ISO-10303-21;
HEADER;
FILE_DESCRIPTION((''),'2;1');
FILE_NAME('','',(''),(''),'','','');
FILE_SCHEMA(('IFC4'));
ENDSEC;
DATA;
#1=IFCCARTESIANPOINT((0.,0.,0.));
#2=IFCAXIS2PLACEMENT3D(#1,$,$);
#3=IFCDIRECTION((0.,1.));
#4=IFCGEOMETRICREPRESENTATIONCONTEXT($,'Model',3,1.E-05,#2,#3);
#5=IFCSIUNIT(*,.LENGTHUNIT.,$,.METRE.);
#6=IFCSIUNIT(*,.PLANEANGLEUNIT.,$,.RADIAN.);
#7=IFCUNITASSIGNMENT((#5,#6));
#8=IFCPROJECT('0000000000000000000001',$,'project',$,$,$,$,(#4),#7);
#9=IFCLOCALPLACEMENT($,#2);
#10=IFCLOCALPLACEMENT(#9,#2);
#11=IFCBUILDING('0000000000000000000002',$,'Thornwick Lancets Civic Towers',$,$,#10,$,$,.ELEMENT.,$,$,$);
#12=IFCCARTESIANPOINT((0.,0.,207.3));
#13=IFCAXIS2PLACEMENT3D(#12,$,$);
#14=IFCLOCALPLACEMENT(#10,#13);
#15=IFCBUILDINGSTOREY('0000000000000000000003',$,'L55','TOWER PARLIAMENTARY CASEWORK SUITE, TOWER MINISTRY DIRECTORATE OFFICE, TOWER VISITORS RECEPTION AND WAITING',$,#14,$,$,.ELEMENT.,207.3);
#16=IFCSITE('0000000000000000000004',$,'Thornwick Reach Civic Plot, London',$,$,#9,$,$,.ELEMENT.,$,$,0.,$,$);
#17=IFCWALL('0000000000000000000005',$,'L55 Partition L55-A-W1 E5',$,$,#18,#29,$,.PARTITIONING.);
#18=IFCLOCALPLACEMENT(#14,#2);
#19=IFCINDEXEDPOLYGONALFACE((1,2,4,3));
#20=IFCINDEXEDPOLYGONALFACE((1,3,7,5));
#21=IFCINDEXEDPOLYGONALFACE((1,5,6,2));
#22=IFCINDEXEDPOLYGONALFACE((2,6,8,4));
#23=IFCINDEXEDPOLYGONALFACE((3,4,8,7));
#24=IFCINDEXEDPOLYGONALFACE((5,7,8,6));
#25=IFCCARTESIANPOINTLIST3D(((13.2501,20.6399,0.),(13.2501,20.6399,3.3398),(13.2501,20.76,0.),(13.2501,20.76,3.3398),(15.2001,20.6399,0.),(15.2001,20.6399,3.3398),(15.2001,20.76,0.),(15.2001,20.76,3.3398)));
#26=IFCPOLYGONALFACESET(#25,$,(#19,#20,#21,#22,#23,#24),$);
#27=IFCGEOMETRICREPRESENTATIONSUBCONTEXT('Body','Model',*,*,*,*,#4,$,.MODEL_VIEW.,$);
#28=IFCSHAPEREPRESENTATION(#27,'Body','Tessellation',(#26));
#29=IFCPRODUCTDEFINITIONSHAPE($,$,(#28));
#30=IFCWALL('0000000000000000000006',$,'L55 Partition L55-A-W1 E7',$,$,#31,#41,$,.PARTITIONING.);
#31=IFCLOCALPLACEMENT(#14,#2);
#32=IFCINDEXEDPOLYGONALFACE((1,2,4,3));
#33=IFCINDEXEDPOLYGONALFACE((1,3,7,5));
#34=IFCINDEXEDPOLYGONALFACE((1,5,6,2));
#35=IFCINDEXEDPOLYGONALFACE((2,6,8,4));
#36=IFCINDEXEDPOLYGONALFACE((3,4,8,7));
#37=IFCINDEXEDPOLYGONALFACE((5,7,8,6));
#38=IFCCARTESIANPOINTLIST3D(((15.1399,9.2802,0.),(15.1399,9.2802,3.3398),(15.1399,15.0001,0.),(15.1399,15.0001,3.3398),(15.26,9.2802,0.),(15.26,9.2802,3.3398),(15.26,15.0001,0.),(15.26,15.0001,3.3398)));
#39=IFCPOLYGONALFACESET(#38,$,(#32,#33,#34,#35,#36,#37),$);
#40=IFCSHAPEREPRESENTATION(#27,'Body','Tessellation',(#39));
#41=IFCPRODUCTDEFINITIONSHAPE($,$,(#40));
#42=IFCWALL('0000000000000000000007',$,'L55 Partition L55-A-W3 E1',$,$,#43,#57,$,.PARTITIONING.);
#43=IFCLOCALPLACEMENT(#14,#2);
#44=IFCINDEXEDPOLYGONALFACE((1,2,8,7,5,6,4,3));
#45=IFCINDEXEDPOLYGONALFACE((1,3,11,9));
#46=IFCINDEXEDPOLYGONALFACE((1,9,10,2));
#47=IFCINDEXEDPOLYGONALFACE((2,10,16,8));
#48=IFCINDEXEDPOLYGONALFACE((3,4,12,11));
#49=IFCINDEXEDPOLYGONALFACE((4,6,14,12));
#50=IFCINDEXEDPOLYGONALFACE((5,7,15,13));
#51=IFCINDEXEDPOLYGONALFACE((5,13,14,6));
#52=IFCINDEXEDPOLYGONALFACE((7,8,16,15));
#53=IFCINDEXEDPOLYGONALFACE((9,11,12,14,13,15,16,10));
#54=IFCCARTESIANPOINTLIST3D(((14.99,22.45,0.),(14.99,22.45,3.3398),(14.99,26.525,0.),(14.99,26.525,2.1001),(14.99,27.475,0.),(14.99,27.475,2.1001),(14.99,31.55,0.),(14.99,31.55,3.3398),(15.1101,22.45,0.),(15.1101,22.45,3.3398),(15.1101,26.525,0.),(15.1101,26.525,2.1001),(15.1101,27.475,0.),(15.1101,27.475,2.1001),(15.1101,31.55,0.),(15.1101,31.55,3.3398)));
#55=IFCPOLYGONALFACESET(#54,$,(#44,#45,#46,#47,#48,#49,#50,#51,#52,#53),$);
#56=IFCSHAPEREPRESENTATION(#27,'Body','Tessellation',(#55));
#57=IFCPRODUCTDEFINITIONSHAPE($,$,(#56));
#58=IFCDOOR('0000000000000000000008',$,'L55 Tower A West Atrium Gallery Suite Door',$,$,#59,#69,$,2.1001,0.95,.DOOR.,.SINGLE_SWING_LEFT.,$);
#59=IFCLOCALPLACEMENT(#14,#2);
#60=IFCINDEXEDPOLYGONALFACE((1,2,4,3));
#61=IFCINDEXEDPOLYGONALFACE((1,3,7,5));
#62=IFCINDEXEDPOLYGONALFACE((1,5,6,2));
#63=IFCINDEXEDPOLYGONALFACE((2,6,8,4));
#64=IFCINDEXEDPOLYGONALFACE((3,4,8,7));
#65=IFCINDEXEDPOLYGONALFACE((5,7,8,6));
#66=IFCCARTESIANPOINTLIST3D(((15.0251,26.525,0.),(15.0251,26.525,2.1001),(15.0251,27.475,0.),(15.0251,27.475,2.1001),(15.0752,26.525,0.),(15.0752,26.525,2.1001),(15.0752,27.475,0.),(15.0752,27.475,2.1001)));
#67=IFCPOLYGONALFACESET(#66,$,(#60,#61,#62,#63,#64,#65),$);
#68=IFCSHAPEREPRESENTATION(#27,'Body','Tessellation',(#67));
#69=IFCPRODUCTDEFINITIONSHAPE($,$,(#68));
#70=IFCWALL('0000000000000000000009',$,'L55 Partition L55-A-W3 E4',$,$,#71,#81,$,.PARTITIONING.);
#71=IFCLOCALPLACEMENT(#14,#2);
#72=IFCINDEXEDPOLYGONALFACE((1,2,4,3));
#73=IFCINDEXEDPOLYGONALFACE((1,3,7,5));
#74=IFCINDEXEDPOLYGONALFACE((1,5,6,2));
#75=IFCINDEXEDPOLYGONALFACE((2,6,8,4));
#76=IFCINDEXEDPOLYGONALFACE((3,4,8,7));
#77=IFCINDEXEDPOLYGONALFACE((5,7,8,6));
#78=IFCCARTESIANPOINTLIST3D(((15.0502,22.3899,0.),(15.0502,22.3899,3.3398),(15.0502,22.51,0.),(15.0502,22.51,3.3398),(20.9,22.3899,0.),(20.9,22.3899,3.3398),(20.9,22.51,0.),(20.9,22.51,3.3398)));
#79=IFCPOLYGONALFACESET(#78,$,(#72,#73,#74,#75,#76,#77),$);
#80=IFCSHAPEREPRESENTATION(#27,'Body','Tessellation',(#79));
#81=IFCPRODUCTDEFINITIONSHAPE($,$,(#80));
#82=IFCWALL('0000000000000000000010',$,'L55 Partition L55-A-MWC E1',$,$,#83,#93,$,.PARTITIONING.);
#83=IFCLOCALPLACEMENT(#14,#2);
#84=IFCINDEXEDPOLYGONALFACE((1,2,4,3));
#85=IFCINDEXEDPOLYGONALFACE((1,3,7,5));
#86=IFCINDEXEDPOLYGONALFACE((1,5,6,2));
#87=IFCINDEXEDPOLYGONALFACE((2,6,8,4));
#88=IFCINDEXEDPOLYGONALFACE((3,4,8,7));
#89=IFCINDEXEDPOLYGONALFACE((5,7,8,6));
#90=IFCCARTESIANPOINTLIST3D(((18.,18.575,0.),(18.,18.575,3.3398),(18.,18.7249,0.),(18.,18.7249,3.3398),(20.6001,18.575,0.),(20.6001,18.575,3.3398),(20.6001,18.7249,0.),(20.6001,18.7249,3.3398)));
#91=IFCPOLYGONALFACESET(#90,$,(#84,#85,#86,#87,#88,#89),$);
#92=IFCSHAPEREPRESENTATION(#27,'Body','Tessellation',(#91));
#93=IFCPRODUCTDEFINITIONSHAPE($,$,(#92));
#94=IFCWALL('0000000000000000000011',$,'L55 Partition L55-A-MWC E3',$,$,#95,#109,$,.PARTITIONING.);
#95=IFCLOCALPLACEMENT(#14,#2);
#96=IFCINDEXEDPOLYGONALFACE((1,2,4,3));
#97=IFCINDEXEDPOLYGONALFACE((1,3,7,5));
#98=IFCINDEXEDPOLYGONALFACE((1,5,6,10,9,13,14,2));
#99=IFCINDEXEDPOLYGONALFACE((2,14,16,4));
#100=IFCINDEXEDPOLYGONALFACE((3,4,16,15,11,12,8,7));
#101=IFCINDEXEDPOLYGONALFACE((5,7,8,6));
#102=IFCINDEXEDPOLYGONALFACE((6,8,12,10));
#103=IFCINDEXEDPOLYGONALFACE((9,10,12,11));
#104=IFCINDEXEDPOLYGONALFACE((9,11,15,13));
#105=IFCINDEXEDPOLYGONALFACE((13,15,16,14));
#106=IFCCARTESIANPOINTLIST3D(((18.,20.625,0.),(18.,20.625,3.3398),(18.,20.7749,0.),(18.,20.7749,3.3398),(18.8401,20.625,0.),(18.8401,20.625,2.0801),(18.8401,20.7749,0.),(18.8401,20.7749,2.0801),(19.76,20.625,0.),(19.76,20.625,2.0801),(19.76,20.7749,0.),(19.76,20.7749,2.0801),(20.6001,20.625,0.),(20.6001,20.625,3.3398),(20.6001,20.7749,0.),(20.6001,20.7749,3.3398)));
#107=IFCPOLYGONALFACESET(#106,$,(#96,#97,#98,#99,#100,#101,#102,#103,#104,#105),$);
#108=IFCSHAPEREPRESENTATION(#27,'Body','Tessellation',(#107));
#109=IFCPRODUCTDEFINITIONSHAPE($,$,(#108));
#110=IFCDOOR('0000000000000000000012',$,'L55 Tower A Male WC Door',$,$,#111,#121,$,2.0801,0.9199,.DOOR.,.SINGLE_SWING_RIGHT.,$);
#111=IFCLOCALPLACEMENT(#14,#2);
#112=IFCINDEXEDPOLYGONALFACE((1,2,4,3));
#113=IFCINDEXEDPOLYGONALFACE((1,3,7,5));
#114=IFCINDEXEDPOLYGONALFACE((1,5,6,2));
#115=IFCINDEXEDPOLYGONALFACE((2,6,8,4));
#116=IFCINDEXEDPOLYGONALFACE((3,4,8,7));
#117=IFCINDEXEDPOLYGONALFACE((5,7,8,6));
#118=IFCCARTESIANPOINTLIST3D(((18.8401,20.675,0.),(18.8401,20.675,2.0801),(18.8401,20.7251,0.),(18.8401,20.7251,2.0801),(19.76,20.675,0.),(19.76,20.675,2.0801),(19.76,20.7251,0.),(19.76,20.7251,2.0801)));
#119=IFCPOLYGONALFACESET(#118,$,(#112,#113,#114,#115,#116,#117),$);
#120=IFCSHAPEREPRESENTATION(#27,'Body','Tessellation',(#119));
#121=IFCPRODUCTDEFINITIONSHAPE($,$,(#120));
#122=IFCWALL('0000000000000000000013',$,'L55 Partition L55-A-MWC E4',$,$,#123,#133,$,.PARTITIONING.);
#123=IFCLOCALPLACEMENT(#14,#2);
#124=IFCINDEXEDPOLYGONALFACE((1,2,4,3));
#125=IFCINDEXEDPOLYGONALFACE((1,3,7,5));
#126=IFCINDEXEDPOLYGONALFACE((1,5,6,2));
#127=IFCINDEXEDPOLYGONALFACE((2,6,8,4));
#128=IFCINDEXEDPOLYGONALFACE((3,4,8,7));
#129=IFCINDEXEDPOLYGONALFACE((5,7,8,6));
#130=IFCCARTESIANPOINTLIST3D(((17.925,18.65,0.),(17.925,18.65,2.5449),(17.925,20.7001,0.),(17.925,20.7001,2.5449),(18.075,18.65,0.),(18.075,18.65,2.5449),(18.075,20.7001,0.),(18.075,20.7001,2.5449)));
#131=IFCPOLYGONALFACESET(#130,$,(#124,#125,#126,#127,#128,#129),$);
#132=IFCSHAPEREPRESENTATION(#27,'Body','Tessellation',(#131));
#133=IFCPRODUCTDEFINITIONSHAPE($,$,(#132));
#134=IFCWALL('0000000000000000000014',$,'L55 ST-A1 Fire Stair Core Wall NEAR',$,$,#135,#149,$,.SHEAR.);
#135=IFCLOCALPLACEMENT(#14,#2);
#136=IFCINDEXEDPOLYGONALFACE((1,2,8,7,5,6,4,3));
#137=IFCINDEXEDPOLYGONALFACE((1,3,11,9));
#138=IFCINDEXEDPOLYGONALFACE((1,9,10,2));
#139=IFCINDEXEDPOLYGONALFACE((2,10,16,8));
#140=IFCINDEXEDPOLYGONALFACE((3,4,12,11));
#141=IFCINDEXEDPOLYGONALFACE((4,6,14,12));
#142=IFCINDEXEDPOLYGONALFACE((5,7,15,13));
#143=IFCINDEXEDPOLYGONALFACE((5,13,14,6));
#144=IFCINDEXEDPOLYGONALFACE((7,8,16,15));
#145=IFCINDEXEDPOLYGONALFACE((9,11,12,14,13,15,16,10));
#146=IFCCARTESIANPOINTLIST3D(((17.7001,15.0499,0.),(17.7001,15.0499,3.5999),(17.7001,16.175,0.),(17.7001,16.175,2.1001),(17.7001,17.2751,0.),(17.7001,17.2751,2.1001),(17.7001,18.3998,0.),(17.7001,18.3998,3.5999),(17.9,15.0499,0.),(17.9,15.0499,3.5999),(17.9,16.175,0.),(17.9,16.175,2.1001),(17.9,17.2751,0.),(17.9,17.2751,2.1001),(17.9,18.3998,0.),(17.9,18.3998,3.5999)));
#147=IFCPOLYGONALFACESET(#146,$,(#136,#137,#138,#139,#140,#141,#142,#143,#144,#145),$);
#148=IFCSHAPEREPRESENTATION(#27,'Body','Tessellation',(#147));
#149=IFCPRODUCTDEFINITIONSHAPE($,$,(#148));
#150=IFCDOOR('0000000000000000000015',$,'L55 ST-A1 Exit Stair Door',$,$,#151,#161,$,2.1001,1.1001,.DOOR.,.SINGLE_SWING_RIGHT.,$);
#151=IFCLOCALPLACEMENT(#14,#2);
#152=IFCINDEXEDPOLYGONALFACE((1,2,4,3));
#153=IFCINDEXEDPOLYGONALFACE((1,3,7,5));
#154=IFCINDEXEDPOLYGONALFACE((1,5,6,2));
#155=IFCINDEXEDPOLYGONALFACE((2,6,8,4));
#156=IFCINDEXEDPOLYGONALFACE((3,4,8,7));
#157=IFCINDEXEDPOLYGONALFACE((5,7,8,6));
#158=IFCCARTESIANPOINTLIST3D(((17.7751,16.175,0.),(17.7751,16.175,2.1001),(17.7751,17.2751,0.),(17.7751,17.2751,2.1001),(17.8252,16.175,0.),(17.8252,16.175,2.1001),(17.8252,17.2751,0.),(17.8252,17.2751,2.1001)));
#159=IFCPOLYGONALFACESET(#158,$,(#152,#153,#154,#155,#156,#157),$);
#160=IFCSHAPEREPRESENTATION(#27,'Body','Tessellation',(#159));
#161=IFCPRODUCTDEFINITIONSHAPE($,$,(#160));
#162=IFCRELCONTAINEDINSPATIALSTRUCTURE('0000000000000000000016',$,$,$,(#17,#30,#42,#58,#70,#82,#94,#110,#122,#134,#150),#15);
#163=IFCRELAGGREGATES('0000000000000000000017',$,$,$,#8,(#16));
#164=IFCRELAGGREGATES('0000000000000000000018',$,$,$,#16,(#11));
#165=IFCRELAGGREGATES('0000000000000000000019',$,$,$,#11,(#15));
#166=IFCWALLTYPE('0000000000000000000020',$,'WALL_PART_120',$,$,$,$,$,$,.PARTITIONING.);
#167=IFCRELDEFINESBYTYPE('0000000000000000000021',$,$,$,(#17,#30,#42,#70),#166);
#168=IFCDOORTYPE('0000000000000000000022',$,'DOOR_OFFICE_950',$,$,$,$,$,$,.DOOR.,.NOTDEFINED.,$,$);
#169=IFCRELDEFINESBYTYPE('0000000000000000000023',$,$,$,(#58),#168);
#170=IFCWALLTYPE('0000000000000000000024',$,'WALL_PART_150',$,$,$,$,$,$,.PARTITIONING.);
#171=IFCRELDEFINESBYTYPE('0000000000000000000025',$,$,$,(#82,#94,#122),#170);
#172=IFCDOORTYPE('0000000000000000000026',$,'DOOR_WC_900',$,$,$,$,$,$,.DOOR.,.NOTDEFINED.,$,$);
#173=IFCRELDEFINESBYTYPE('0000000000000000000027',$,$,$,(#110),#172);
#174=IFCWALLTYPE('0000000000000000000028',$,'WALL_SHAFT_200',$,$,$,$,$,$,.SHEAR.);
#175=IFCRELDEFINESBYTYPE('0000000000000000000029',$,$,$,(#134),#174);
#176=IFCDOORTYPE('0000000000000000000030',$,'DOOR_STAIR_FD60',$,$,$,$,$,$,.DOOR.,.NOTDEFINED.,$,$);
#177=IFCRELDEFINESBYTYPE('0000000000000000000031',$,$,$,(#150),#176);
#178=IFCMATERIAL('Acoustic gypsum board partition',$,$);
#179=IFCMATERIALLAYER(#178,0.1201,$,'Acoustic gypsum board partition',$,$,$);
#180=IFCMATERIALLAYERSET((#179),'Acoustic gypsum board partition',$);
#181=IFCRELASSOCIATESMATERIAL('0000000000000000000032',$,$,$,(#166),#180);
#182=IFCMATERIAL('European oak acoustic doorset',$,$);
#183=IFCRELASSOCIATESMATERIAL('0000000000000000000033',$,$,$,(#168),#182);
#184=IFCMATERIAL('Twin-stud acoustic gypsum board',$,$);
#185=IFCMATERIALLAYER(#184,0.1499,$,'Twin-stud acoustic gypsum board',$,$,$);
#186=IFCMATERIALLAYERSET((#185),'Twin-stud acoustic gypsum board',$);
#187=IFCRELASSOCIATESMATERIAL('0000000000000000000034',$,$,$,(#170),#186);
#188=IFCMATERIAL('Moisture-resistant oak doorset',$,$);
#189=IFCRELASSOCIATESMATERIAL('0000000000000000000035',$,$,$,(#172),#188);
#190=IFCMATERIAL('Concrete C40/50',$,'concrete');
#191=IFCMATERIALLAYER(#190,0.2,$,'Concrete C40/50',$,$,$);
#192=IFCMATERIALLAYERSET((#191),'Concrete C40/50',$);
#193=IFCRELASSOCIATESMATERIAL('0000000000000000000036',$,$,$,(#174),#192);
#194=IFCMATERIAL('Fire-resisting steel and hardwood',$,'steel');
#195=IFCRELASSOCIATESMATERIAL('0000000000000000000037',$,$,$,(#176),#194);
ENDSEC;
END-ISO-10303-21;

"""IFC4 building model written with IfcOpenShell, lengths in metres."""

from ifc_helpers import new_model, si_unit, direction, frame, frame_2d, origin, place, context, subcontext, project, spatial, rectangle, extrude, material, layer, layer_set, type_object, element, fill, save


model = new_model("IFC4")

# Units and contexts
model_context = context("Model", 3, precision=1e-05, world=origin(), true_north=direction((0.0, 1.0)))
body_context = subcontext(model_context, "Body", "Model", "MODEL_VIEW")
ifc_project = project(units=[si_unit("LENGTHUNIT", "METRE"), si_unit("PLANEANGLEUNIT", "RADIAN")], contexts=[model_context])

# Site, building, storey
site_placement = place(None, origin())
site = spatial("IfcSite", under=ifc_project, at=site_placement, Name="Thornwick Reach Civic Plot, London", CompositionType="ELEMENT", RefElevation=0.0)
building_placement = place(site_placement, origin())
building = spatial("IfcBuilding", under=site, at=building_placement, Name="Thornwick Lancets Civic Towers", CompositionType="ELEMENT")
storey_placement = place(building_placement, frame((0.0, 0.0, 207.3)))
storey = spatial("IfcBuildingStorey", under=building, at=storey_placement, Name="L55", Description="TOWER PARLIAMENTARY CASEWORK SUITE, TOWER MINISTRY DIRECTORATE OFFICE, TOWER VISITORS RECEPTION AND WAITING", CompositionType="ELEMENT", Elevation=207.3)

# Walls
ifc_material_1 = material(Name="Acoustic gypsum board partition")
ifc_layer_1 = layer(ifc_material_1, 0.1201, Name="Acoustic gypsum board partition")
ifc_layer_set_1 = layer_set([ifc_layer_1], Name="Acoustic gypsum board partition")
wall_type_1 = type_object("IfcWallType", Name="WALL_PART_120", PredefinedType="PARTITIONING", material=ifc_layer_set_1)
wall_1_placement = place(storey_placement, frame((13.25, 20.7, 0.0), z_axis=(0.0, 0.0, 1.0), x_axis=(1.0, 0.0, 0.0)))
element("IfcWall", 1, at=wall_1_placement, inside=storey, type_object=wall_type_1, Name="L55 Partition L55-A-W1 E5", PredefinedType="PARTITIONING", context=body_context, shape_type="SweptSolid", body=[
    extrude(rectangle(XDim=1.95, YDim=0.1201, at=frame_2d((0.9751, 0.0))), origin(), (0.0, 0.0, 1.0), 3.3398),
])
wall_2_placement = place(storey_placement, frame((15.2, 15.0, 0.0), z_axis=(0.0, 0.0, 1.0), x_axis=(0.0, -1.0, 0.0)))
element("IfcWall", 2, at=wall_2_placement, inside=storey, type_object=wall_type_1, Name="L55 Partition L55-A-W1 E7", PredefinedType="PARTITIONING", context=body_context, shape_type="SweptSolid", body=[
    extrude(rectangle(XDim=5.72, YDim=0.1201, at=frame_2d((2.8599, 0.0))), origin(), (0.0, 0.0, 1.0), 3.3398),
])

# Wall, opening, door
wall_3_placement = place(storey_placement, frame((15.05, 22.45, 0.0), z_axis=(0.0, 0.0, 1.0), x_axis=(0.0, 1.0, 0.0)))
wall_3 = element("IfcWall", 3, at=wall_3_placement, inside=storey, type_object=wall_type_1, Name="L55 Partition L55-A-W3 E1", PredefinedType="PARTITIONING", context=body_context, shape_type="SweptSolid", body=[
    extrude(rectangle(XDim=9.1001, YDim=0.1201, at=frame_2d((4.55, 0.0))), origin(), (0.0, 0.0, 1.0), 3.3398),
])
opening_1_placement = place(wall_3_placement, frame((4.075, 0.0, 0.0)))
opening_1 = element("IfcOpeningElement", 4, at=opening_1_placement, cuts=wall_3, PredefinedType="OPENING", context=body_context, shape_type="SweptSolid", body=[
    extrude(rectangle(XDim=0.95, YDim=2.1001, at=frame_2d((0.4751, 1.05))), frame((0.0, 0.0701, 0.0), z_axis=(0.0, -1.0, 0.0), x_axis=(1.0, 0.0, 0.0)), (0.0, 0.0, 1.0), 0.1401),
])
ifc_material_2 = material(Name="European oak acoustic doorset")
door_type_1 = type_object("IfcDoorType", Name="DOOR_OFFICE_950", OperationType="NOTDEFINED", PredefinedType="DOOR", material=ifc_material_2)
door_1_placement = place(opening_1_placement, origin())
door_1 = element("IfcDoor", 5, at=door_1_placement, inside=storey, type_object=door_type_1, Name="L55 Tower A West Atrium Gallery Suite Door", OperationType="SINGLE_SWING_LEFT", OverallHeight=2.1001, OverallWidth=0.95, PredefinedType="DOOR", context=body_context, shape_type="SweptSolid", body=[
    extrude(rectangle(XDim=0.95, YDim=2.1001, at=frame_2d((0.4751, 1.05))), frame((0.0, 0.0249, 0.0), z_axis=(0.0, -1.0, 0.0), x_axis=(1.0, 0.0, 0.0)), (0.0, 0.0, 1.0), 0.05),
])
fill(opening_1, door_1)

# Walls
wall_4_placement = place(storey_placement, frame((20.8999, 22.45, 0.0), z_axis=(0.0, 0.0, 1.0), x_axis=(-1.0, 0.0, 0.0)))
element("IfcWall", 6, at=wall_4_placement, inside=storey, type_object=wall_type_1, Name="L55 Partition L55-A-W3 E4", PredefinedType="PARTITIONING", context=body_context, shape_type="SweptSolid", body=[
    extrude(rectangle(XDim=5.8499, YDim=0.1201, at=frame_2d((2.9248, 0.0))), origin(), (0.0, 0.0, 1.0), 3.3398),
])
ifc_material_3 = material(Name="Twin-stud acoustic gypsum board")
ifc_layer_2 = layer(ifc_material_3, 0.1499, Name="Twin-stud acoustic gypsum board")
ifc_layer_set_2 = layer_set([ifc_layer_2], Name="Twin-stud acoustic gypsum board")
wall_type_2 = type_object("IfcWallType", Name="WALL_PART_150", PredefinedType="PARTITIONING", material=ifc_layer_set_2)
wall_5_placement = place(storey_placement, frame((18.0, 18.6499, 0.0), z_axis=(0.0, 0.0, 1.0), x_axis=(1.0, 0.0, 0.0)))
element("IfcWall", 7, at=wall_5_placement, inside=storey, type_object=wall_type_2, Name="L55 Partition L55-A-MWC E1", PredefinedType="PARTITIONING", context=body_context, shape_type="SweptSolid", body=[
    extrude(rectangle(XDim=2.6001, YDim=0.1499, at=frame_2d((1.3, 0.0))), origin(), (0.0, 0.0, 1.0), 3.3398),
])

# Wall, opening, door
wall_6_placement = place(storey_placement, frame((20.6001, 20.7, 0.0), z_axis=(0.0, 0.0, 1.0), x_axis=(-1.0, 0.0, 0.0)))
wall_6 = element("IfcWall", 8, at=wall_6_placement, inside=storey, type_object=wall_type_2, Name="L55 Partition L55-A-MWC E3", PredefinedType="PARTITIONING", context=body_context, shape_type="SweptSolid", body=[
    extrude(rectangle(XDim=2.6001, YDim=0.1499, at=frame_2d((1.3, 0.0))), origin(), (0.0, 0.0, 1.0), 3.3398),
])
opening_2_placement = place(wall_6_placement, frame((0.8401, 0.0, 0.0)))
opening_2 = element("IfcOpeningElement", 9, at=opening_2_placement, cuts=wall_6, PredefinedType="OPENING", context=body_context, shape_type="SweptSolid", body=[
    extrude(rectangle(XDim=0.9199, YDim=2.0801, at=frame_2d((0.46, 1.04))), frame((0.0, 0.085, 0.0), z_axis=(0.0, -1.0, 0.0), x_axis=(1.0, 0.0, 0.0)), (0.0, 0.0, 1.0), 0.1699),
])
ifc_material_4 = material(Name="Moisture-resistant oak doorset")
door_type_2 = type_object("IfcDoorType", Name="DOOR_WC_900", OperationType="NOTDEFINED", PredefinedType="DOOR", material=ifc_material_4)
door_2_placement = place(opening_2_placement, origin())
door_2 = element("IfcDoor", 10, at=door_2_placement, inside=storey, type_object=door_type_2, Name="L55 Tower A Male WC Door", OperationType="SINGLE_SWING_RIGHT", OverallHeight=2.0801, OverallWidth=0.9199, PredefinedType="DOOR", context=body_context, shape_type="SweptSolid", body=[
    extrude(rectangle(XDim=0.9199, YDim=2.0801, at=frame_2d((0.46, 1.04))), frame((0.0, 0.0249, 0.0), z_axis=(0.0, -1.0, 0.0), x_axis=(1.0, 0.0, 0.0)), (0.0, 0.0, 1.0), 0.05),
])
fill(opening_2, door_2)

# Wall
wall_7_placement = place(storey_placement, frame((18.0, 20.7, 0.0), z_axis=(0.0, 0.0, 1.0), x_axis=(0.0, -1.0, 0.0)))
element("IfcWall", 11, at=wall_7_placement, inside=storey, type_object=wall_type_2, Name="L55 Partition L55-A-MWC E4", PredefinedType="PARTITIONING", context=body_context, shape_type="SweptSolid", body=[
    extrude(rectangle(XDim=2.05, YDim=0.1499, at=frame_2d((1.0249, 0.0))), origin(), (0.0, 0.0, 1.0), 2.5449),
])

# Wall, opening, door
ifc_material_5 = material(Name="Concrete C40/50", Category="concrete")
ifc_layer_3 = layer(ifc_material_5, 0.2, Name="Concrete C40/50")
ifc_layer_set_3 = layer_set([ifc_layer_3], Name="Concrete C40/50")
wall_type_3 = type_object("IfcWallType", Name="WALL_SHAFT_200", PredefinedType="SHEAR", material=ifc_layer_set_3)
wall_8_placement = place(storey_placement, frame((17.8, 15.05, 0.0), z_axis=(0.0, 0.0, 1.0), x_axis=(0.0, 1.0, 0.0)))
wall_8 = element("IfcWall", 12, at=wall_8_placement, inside=storey, type_object=wall_type_3, Name="L55 ST-A1 Fire Stair Core Wall NEAR", PredefinedType="SHEAR", context=body_context, shape_type="SweptSolid", body=[
    extrude(rectangle(XDim=3.3499, YDim=0.2, at=frame_2d((1.6748, 0.0))), origin(), (0.0, 0.0, 1.0), 3.5999),
])
opening_3_placement = place(wall_8_placement, frame((1.125, 0.0, 0.0)))
opening_3 = element("IfcOpeningElement", 13, at=opening_3_placement, cuts=wall_8, PredefinedType="OPENING", context=body_context, shape_type="SweptSolid", body=[
    extrude(rectangle(XDim=1.1001, YDim=2.1001, at=frame_2d((0.55, 1.05))), frame((0.0, 0.1099, 0.0), z_axis=(0.0, -1.0, 0.0), x_axis=(1.0, 0.0, 0.0)), (0.0, 0.0, 1.0), 0.22),
])
ifc_material_6 = material(Name="Fire-resisting steel and hardwood", Category="steel")
door_type_3 = type_object("IfcDoorType", Name="DOOR_STAIR_FD60", OperationType="NOTDEFINED", PredefinedType="DOOR", material=ifc_material_6)
door_3_placement = place(opening_3_placement, origin())
door_3 = element("IfcDoor", 14, at=door_3_placement, inside=storey, type_object=door_type_3, Name="L55 ST-A1 Exit Stair Door", OperationType="SINGLE_SWING_RIGHT", OverallHeight=2.1001, OverallWidth=1.1001, PredefinedType="DOOR", context=body_context, shape_type="SweptSolid", body=[
    extrude(rectangle(XDim=1.1001, YDim=2.1001, at=frame_2d((0.55, 1.05))), frame((0.0, 0.0249, 0.0), z_axis=(0.0, -1.0, 0.0), x_axis=(1.0, 0.0, 0.0)), (0.0, 0.0, 1.0), 0.05),
])
fill(opening_3, door_3)

save(model, "model.ifc")
